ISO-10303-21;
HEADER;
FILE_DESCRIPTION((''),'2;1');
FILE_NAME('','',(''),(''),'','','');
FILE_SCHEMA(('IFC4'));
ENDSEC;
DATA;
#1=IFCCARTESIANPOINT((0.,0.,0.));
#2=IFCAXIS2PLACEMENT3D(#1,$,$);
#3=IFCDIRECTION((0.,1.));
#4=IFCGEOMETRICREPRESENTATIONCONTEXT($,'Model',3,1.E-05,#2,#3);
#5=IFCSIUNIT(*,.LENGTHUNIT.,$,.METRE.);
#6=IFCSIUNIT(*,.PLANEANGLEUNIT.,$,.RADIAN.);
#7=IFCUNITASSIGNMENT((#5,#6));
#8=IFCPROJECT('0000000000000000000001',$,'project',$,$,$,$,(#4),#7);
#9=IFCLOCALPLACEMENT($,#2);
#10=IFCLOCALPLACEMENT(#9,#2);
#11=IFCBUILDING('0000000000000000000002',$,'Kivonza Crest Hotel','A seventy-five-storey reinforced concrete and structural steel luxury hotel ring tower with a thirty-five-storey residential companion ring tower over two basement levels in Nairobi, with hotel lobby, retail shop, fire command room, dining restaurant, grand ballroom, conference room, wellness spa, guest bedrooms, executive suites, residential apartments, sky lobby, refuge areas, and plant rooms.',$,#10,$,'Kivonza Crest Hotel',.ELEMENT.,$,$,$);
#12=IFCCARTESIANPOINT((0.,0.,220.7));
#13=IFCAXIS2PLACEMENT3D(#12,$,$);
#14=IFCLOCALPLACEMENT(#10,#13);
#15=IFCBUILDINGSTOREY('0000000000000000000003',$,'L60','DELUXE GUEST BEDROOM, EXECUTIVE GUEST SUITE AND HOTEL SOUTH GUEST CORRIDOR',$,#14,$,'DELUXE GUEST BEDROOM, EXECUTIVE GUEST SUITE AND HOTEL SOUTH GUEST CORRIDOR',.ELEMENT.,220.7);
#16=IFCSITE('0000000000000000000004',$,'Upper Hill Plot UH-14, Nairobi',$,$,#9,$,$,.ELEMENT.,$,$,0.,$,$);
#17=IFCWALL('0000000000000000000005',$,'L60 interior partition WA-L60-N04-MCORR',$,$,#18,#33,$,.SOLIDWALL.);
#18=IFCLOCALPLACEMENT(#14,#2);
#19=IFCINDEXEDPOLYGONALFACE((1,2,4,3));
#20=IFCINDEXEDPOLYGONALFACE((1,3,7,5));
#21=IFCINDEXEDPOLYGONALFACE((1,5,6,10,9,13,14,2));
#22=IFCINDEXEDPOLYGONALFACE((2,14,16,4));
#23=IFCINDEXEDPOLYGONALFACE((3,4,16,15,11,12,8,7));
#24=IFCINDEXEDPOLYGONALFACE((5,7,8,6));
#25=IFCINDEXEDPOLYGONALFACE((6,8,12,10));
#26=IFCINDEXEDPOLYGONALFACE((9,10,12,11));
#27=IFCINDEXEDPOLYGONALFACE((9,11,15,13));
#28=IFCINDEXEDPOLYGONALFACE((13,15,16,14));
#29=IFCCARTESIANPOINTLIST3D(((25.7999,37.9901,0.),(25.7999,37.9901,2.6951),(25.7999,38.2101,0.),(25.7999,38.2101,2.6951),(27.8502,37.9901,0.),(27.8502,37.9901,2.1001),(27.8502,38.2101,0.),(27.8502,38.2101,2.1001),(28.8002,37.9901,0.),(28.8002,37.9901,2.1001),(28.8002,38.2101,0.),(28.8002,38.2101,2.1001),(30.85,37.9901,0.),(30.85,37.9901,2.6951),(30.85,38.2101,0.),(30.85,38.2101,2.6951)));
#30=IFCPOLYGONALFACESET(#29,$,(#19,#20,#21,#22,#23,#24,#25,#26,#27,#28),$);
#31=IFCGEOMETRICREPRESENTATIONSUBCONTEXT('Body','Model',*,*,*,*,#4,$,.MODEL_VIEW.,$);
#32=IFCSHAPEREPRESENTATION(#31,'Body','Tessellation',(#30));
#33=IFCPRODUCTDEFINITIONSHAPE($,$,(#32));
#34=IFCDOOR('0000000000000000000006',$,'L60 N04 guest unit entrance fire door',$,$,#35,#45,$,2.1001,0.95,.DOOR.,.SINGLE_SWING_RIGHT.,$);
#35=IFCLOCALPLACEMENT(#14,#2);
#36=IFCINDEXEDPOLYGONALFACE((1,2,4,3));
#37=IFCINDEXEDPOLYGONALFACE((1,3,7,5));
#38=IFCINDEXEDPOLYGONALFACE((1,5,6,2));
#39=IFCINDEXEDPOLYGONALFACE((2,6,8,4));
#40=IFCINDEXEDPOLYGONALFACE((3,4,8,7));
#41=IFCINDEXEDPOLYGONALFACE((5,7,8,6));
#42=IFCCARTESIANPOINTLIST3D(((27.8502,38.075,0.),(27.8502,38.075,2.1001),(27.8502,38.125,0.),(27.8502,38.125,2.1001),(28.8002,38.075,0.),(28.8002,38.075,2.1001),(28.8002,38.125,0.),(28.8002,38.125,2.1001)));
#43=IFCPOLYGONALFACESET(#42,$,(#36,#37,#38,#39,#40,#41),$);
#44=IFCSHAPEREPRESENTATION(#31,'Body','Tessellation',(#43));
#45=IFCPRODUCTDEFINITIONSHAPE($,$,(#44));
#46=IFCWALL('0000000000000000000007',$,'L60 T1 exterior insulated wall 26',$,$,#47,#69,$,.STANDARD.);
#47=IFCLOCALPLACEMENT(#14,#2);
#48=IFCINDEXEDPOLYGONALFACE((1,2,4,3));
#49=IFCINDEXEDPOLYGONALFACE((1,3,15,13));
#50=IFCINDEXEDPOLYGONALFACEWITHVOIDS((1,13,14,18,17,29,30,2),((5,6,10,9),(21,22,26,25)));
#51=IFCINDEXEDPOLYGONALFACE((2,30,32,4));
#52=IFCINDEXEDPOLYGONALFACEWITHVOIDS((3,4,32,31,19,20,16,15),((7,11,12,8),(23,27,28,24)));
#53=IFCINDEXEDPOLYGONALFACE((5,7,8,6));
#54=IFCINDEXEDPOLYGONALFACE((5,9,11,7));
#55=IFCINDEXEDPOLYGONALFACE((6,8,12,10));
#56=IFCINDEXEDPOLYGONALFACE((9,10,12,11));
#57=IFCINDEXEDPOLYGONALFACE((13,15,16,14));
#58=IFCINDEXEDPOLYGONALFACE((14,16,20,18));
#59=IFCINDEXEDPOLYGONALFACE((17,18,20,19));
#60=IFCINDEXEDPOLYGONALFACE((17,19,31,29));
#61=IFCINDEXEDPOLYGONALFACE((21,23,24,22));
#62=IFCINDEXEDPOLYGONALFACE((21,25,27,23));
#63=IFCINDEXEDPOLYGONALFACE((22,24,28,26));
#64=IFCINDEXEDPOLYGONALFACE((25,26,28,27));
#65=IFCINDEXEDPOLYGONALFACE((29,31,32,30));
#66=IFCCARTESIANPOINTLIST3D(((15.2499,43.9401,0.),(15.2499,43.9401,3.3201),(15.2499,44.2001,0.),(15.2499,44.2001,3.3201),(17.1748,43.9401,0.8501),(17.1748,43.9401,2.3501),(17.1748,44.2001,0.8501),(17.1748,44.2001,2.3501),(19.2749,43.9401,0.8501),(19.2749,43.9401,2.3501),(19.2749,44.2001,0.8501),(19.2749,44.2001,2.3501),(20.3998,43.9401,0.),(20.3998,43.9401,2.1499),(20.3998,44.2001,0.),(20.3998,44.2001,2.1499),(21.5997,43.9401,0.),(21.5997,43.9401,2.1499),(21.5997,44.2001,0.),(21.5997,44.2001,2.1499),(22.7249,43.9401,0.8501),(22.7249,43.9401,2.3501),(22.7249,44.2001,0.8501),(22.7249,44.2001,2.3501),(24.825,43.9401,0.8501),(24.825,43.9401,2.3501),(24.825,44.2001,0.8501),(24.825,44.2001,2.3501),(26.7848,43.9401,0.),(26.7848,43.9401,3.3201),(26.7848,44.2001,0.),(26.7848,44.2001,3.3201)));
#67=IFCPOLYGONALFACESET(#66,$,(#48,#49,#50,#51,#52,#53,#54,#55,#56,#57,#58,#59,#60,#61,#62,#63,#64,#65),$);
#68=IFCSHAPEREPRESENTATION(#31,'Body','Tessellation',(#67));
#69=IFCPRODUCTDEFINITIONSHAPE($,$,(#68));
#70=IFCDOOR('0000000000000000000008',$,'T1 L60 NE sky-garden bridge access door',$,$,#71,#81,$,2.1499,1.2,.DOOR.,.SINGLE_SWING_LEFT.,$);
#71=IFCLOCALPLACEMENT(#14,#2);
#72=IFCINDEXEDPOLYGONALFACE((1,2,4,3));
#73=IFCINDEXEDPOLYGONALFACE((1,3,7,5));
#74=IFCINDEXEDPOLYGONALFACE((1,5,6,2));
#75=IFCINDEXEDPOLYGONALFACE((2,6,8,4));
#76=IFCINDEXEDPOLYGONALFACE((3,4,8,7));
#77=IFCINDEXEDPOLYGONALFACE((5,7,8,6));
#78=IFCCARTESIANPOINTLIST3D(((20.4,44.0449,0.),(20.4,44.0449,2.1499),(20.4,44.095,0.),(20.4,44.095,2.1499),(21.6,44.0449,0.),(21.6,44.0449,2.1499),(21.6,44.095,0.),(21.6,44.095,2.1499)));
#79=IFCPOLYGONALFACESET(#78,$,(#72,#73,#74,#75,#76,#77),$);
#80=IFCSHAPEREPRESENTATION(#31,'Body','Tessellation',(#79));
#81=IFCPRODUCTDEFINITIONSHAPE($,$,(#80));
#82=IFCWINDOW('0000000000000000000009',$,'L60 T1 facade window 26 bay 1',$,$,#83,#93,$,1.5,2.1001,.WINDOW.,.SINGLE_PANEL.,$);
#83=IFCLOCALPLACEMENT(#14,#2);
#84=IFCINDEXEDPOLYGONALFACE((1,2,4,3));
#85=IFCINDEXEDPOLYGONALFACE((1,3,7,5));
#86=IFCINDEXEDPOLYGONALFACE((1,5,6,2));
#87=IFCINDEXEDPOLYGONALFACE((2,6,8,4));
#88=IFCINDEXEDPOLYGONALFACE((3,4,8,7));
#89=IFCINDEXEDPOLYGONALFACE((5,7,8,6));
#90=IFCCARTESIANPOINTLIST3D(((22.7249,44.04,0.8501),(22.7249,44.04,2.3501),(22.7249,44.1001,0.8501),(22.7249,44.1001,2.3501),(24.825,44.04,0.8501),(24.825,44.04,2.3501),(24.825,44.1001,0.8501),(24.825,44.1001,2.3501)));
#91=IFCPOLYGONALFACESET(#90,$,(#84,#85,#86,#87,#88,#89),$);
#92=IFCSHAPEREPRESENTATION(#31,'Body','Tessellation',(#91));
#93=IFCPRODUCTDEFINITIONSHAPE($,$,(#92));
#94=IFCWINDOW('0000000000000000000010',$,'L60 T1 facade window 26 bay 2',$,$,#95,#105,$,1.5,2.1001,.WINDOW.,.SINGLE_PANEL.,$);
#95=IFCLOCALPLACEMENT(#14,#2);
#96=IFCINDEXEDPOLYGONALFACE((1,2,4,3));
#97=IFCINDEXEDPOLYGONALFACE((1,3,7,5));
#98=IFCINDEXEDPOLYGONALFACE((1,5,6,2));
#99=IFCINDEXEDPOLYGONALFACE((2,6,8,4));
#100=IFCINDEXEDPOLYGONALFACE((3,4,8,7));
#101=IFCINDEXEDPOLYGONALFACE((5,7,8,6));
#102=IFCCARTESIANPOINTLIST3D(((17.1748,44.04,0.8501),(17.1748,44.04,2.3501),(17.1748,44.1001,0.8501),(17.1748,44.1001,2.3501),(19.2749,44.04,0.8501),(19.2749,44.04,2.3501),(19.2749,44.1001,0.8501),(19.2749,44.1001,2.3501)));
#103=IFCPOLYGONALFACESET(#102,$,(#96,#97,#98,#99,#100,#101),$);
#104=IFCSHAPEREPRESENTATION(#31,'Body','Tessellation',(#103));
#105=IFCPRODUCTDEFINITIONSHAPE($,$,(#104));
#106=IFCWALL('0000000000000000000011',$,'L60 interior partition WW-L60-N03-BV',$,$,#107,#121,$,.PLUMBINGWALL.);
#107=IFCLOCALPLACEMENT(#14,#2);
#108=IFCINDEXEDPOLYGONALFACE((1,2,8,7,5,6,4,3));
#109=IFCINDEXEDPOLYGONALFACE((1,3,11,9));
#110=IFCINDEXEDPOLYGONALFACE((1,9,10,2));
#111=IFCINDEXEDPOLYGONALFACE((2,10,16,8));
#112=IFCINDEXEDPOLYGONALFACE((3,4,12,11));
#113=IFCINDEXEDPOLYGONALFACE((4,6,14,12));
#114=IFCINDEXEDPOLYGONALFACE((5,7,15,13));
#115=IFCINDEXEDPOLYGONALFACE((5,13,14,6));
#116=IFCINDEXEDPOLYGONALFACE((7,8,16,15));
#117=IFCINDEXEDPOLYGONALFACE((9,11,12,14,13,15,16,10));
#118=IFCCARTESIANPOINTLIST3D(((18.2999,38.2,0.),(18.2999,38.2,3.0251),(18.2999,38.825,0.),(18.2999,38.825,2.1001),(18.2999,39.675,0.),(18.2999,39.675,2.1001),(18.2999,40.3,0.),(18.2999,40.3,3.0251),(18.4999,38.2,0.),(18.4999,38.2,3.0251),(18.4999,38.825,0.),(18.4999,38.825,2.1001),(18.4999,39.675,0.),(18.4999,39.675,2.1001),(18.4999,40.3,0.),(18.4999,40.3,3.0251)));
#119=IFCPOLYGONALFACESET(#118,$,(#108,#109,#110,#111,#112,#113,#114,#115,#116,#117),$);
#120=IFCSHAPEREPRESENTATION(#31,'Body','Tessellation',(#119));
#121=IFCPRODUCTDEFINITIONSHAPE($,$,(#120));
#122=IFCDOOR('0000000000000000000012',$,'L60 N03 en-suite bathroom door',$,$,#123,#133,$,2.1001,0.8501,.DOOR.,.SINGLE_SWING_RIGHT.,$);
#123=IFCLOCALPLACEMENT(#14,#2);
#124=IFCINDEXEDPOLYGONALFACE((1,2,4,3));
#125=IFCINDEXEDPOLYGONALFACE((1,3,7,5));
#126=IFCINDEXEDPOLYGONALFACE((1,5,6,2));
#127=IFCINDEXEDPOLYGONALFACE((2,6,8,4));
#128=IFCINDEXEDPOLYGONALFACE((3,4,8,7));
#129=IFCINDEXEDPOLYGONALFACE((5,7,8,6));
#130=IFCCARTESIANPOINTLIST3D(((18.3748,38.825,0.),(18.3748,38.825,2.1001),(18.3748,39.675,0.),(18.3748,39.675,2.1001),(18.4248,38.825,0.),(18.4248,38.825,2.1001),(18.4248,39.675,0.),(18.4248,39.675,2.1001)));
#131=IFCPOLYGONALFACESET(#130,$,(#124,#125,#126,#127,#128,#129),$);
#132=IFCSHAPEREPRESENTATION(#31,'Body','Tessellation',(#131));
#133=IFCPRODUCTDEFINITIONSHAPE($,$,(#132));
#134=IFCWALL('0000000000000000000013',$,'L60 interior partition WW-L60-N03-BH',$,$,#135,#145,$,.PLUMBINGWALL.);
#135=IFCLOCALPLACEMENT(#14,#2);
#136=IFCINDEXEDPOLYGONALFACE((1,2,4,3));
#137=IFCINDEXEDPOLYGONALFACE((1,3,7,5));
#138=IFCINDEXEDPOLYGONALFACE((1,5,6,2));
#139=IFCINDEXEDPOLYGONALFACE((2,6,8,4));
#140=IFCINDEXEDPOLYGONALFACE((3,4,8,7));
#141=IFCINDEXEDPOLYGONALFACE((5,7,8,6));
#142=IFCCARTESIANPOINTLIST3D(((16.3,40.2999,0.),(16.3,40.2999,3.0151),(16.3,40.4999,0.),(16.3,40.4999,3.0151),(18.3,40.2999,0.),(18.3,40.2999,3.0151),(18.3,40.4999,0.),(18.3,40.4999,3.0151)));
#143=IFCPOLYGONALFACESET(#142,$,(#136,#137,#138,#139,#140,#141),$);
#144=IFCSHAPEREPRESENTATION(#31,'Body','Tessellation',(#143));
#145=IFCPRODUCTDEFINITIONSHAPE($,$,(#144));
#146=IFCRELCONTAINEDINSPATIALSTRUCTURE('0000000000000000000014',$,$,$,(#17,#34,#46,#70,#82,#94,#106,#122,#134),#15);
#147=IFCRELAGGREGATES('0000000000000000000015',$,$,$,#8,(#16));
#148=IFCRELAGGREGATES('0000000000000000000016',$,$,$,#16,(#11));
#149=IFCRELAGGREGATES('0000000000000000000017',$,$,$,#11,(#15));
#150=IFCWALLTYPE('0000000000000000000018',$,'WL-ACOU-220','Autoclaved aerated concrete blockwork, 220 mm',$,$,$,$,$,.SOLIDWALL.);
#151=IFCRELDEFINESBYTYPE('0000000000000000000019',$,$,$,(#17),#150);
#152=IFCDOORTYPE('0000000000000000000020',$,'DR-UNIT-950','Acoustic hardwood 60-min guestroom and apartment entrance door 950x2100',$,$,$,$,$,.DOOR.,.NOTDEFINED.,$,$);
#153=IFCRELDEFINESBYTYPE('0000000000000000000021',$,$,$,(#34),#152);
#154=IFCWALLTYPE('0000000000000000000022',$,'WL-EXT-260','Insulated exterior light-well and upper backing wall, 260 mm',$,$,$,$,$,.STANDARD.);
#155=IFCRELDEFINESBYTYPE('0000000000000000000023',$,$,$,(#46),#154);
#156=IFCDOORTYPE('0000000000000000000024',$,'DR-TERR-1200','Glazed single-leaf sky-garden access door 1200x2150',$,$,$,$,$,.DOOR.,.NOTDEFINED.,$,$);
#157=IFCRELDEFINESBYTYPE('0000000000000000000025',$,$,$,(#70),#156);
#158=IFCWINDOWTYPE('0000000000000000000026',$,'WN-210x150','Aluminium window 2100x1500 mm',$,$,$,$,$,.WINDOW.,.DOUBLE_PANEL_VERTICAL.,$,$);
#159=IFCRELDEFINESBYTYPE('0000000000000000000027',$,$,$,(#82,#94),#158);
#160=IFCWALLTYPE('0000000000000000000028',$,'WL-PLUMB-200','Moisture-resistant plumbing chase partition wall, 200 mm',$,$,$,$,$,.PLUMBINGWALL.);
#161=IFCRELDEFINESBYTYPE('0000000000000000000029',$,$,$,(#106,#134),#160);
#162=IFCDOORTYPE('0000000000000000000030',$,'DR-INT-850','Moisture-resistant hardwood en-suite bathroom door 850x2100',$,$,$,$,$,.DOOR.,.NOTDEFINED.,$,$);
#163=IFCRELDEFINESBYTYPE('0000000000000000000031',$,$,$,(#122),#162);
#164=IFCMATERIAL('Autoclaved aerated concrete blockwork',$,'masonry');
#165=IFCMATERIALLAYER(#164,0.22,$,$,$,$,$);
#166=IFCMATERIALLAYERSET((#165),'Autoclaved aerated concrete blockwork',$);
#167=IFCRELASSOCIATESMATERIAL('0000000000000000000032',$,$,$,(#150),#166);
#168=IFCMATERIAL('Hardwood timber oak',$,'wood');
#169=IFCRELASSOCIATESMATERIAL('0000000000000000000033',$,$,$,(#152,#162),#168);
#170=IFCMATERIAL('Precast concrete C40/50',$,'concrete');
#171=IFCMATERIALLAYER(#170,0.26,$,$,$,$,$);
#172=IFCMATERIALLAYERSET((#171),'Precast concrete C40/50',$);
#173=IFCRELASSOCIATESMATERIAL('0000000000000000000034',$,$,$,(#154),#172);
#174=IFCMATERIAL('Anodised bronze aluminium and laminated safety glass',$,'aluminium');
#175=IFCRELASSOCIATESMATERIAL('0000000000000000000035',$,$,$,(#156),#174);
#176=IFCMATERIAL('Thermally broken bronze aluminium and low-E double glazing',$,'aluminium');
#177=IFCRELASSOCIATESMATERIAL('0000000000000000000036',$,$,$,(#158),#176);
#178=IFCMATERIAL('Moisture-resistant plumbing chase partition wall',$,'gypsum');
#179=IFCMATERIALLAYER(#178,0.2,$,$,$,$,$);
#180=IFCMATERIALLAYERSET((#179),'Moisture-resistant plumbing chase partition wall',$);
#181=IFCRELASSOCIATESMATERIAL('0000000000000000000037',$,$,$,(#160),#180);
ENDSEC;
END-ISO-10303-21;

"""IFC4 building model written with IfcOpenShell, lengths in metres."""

from ifc_helpers import new_model, si_unit, direction, frame, frame_2d, origin, place, context, subcontext, project, spatial, rectangle, extrude, material, layer, layer_set, type_object, element, fill, save


model = new_model("IFC4")

# Units and contexts
model_context = context("Model", 3, precision=1e-05, world=origin(), true_north=direction((0.0, 1.0)))
body_context = subcontext(model_context, "Body", "Model", "MODEL_VIEW")
ifc_project = project(units=[si_unit("LENGTHUNIT", "METRE"), si_unit("PLANEANGLEUNIT", "RADIAN")], contexts=[model_context])

# Site, building, storey
site_placement = place(None, origin())
site = spatial("IfcSite", under=ifc_project, at=site_placement, Name="Upper Hill Plot UH-14, Nairobi", CompositionType="ELEMENT", RefElevation=0.0)
building_placement = place(site_placement, origin())
building = spatial("IfcBuilding", under=site, at=building_placement, Name="Kivonza Crest Hotel", Description="A seventy-five-storey reinforced concrete and structural steel luxury hotel ring tower with a thirty-five-storey residential companion ring tower over two basement levels in Nairobi, with hotel lobby, retail shop, fire command room, dining restaurant, grand ballroom, conference room, wellness spa, guest bedrooms, executive suites, residential apartments, sky lobby, refuge areas, and plant rooms.", LongName="Kivonza Crest Hotel", CompositionType="ELEMENT")
storey_placement = place(building_placement, frame((0.0, 0.0, 220.7)))
storey = spatial("IfcBuildingStorey", under=building, at=storey_placement, Name="L60", Description="DELUXE GUEST BEDROOM, EXECUTIVE GUEST SUITE AND HOTEL SOUTH GUEST CORRIDOR", LongName="DELUXE GUEST BEDROOM, EXECUTIVE GUEST SUITE AND HOTEL SOUTH GUEST CORRIDOR", CompositionType="ELEMENT", Elevation=220.7)

# Wall, opening, door
ifc_material_1 = material(Name="Autoclaved aerated concrete blockwork", Category="masonry")
ifc_layer_1 = layer(ifc_material_1, 0.22)
ifc_layer_set_1 = layer_set([ifc_layer_1], Name="Autoclaved aerated concrete blockwork")
wall_type_1 = type_object("IfcWallType", Name="WL-ACOU-220", Description="Autoclaved aerated concrete blockwork, 220 mm", PredefinedType="SOLIDWALL", material=ifc_layer_set_1)
ifc_material_2 = material(Name="Hardwood timber oak", Category="wood")
door_type_1 = type_object("IfcDoorType", Name="DR-UNIT-950", Description="Acoustic hardwood 60-min guestroom and apartment entrance door 950x2100", OperationType="NOTDEFINED", PredefinedType="DOOR", material=ifc_material_2)
wall_1_placement = place(storey_placement, frame((25.8, 38.1001, 0.0), z_axis=(0.0, 0.0, 1.0), x_axis=(1.0, 0.0, 0.0)))
wall_1 = element("IfcWall", 1, at=wall_1_placement, inside=storey, type_object=wall_type_1, Name="L60 interior partition WA-L60-N04-MCORR", PredefinedType="SOLIDWALL", context=body_context, shape_type="SweptSolid", body=[
    extrude(rectangle(XDim=5.05, YDim=0.22, at=frame_2d((2.5249, 0.0))), origin(), (0.0, 0.0, 1.0), 2.6951),
])
opening_1_placement = place(wall_1_placement, frame((2.05, 0.0, 0.0)))
opening_1 = element("IfcOpeningElement", 2, at=opening_1_placement, cuts=wall_1, PredefinedType="OPENING", context=body_context, shape_type="SweptSolid", body=[
    extrude(rectangle(XDim=0.95, YDim=2.1001, at=frame_2d((0.4751, 1.05))), frame((0.0, 0.1201, 0.0), z_axis=(0.0, -1.0, 0.0), x_axis=(1.0, 0.0, 0.0)), (0.0, 0.0, 1.0), 0.24),
])
door_1_placement = place(opening_1_placement, origin())
door_1 = element("IfcDoor", 3, at=door_1_placement, inside=storey, type_object=door_type_1, Name="L60 N04 guest unit entrance fire door", OperationType="SINGLE_SWING_RIGHT", OverallHeight=2.1001, OverallWidth=0.95, PredefinedType="DOOR", context=body_context, shape_type="SweptSolid", body=[
    extrude(rectangle(XDim=0.95, YDim=2.1001, at=frame_2d((0.4751, 1.05))), frame((0.0, 0.0249, 0.0), z_axis=(0.0, -1.0, 0.0), x_axis=(1.0, 0.0, 0.0)), (0.0, 0.0, 1.0), 0.05),
])
fill(opening_1, door_1)

# Wall, openings, door, windows
ifc_material_3 = material(Name="Precast concrete C40/50", Category="concrete")
ifc_layer_2 = layer(ifc_material_3, 0.26)
ifc_layer_set_2 = layer_set([ifc_layer_2], Name="Precast concrete C40/50")
wall_type_2 = type_object("IfcWallType", Name="WL-EXT-260", Description="Insulated exterior light-well and upper backing wall, 260 mm", PredefinedType="STANDARD", material=ifc_layer_set_2)
wall_2_placement = place(storey_placement, frame((26.7849, 44.0701, 0.0), z_axis=(0.0, 0.0, 1.0), x_axis=(-1.0, 0.0, 0.0)))
wall_2 = element("IfcWall", 4, at=wall_2_placement, inside=storey, type_object=wall_type_2, Name="L60 T1 exterior insulated wall 26", PredefinedType="STANDARD", context=body_context, shape_type="SweptSolid", body=[
    extrude(rectangle(XDim=11.5349, YDim=0.26, at=frame_2d((5.7676, 0.0))), origin(), (0.0, 0.0, 1.0), 3.3201),
])
opening_2_placement = place(wall_2_placement, frame((5.1851, 0.0, 0.0)))
opening_2 = element("IfcOpeningElement", 5, at=opening_2_placement, cuts=wall_2, PredefinedType="OPENING", context=body_context, shape_type="SweptSolid", body=[
    extrude(rectangle(XDim=1.2, YDim=2.1499, at=frame_2d((0.6001, 1.075))), frame((0.0, 0.1401, 0.0), z_axis=(0.0, -1.0, 0.0), x_axis=(1.0, 0.0, 0.0)), (0.0, 0.0, 1.0), 0.28),
])
opening_3_placement = place(wall_2_placement, frame((1.96, 0.0, 0.8501)))
opening_3 = element("IfcOpeningElement", 6, at=opening_3_placement, cuts=wall_2, PredefinedType="OPENING", context=body_context, shape_type="SweptSolid", body=[
    extrude(rectangle(XDim=2.1001, YDim=1.5, at=frame_2d((1.05, 0.75))), frame((0.0, 0.1401, 0.0), z_axis=(0.0, -1.0, 0.0), x_axis=(1.0, 0.0, 0.0)), (0.0, 0.0, 1.0), 0.28),
])
opening_4_placement = place(wall_2_placement, frame((7.51, 0.0, 0.8501)))
opening_4 = element("IfcOpeningElement", 7, at=opening_4_placement, cuts=wall_2, PredefinedType="OPENING", context=body_context, shape_type="SweptSolid", body=[
    extrude(rectangle(XDim=2.1001, YDim=1.5, at=frame_2d((1.05, 0.75))), frame((0.0, 0.1401, 0.0), z_axis=(0.0, -1.0, 0.0), x_axis=(1.0, 0.0, 0.0)), (0.0, 0.0, 1.0), 0.28),
])
ifc_material_4 = material(Name="Anodised bronze aluminium and laminated safety glass", Category="aluminium")
door_type_2 = type_object("IfcDoorType", Name="DR-TERR-1200", Description="Glazed single-leaf sky-garden access door 1200x2150", OperationType="NOTDEFINED", PredefinedType="DOOR", material=ifc_material_4)
door_2_placement = place(opening_2_placement, frame((1.2, 0.0, 0.0), z_axis=(0.0, 0.0, 1.0), x_axis=(-1.0, 0.0, 0.0)))
door_2 = element("IfcDoor", 8, at=door_2_placement, inside=storey, type_object=door_type_2, Name="T1 L60 NE sky-garden bridge access door", OperationType="SINGLE_SWING_LEFT", OverallHeight=2.1499, OverallWidth=1.2, PredefinedType="DOOR", context=body_context, shape_type="SweptSolid", body=[
    extrude(rectangle(XDim=1.2, YDim=2.1499, at=frame_2d((0.6001, 1.075))), frame((0.0, 0.0249, 0.0), z_axis=(0.0, -1.0, 0.0), x_axis=(1.0, 0.0, 0.0)), (0.0, 0.0, 1.0), 0.05),
])
fill(opening_2, door_2)
ifc_material_5 = material(Name="Thermally broken bronze aluminium and low-E double glazing", Category="aluminium")
window_type = type_object("IfcWindowType", Name="WN-210x150", Description="Aluminium window 2100x1500 mm", PartitioningType="DOUBLE_PANEL_VERTICAL", PredefinedType="WINDOW", material=ifc_material_5)
window_1_placement = place(opening_3_placement, origin())
window_1 = element("IfcWindow", 9, at=window_1_placement, inside=storey, type_object=window_type, Name="L60 T1 facade window 26 bay 1", OverallHeight=1.5, OverallWidth=2.1001, PartitioningType="SINGLE_PANEL", PredefinedType="WINDOW", context=body_context, shape_type="SweptSolid", body=[
    extrude(rectangle(XDim=2.1001, YDim=1.5, at=frame_2d((1.05, 0.75))), frame((0.0, 0.03, 0.0), z_axis=(0.0, -1.0, 0.0), x_axis=(1.0, 0.0, 0.0)), (0.0, 0.0, 1.0), 0.0601),
])
fill(opening_3, window_1)
window_2_placement = place(opening_4_placement, origin())
window_2 = element("IfcWindow", 10, at=window_2_placement, inside=storey, type_object=window_type, Name="L60 T1 facade window 26 bay 2", OverallHeight=1.5, OverallWidth=2.1001, PartitioningType="SINGLE_PANEL", PredefinedType="WINDOW", context=body_context, shape_type="SweptSolid", body=[
    extrude(rectangle(XDim=2.1001, YDim=1.5, at=frame_2d((1.05, 0.75))), frame((0.0, 0.03, 0.0), z_axis=(0.0, -1.0, 0.0), x_axis=(1.0, 0.0, 0.0)), (0.0, 0.0, 1.0), 0.0601),
])
fill(opening_4, window_2)

# Wall, opening, door
ifc_material_6 = material(Name="Moisture-resistant plumbing chase partition wall", Category="gypsum")
ifc_layer_3 = layer(ifc_material_6, 0.2)
ifc_layer_set_3 = layer_set([ifc_layer_3], Name="Moisture-resistant plumbing chase partition wall")
wall_type_3 = type_object("IfcWallType", Name="WL-PLUMB-200", Description="Moisture-resistant plumbing chase partition wall, 200 mm", PredefinedType="PLUMBINGWALL", material=ifc_layer_set_3)
wall_3_placement = place(storey_placement, frame((18.3999, 38.2, 0.0), z_axis=(0.0, 0.0, 1.0), x_axis=(0.0, 1.0, 0.0)))
wall_3 = element("IfcWall", 11, at=wall_3_placement, inside=storey, type_object=wall_type_3, Name="L60 interior partition WW-L60-N03-BV", PredefinedType="PLUMBINGWALL", context=body_context, shape_type="SweptSolid", body=[
    extrude(rectangle(XDim=2.1001, YDim=0.2, at=frame_2d((1.05, 0.0))), origin(), (0.0, 0.0, 1.0), 3.0251),
])
opening_5_placement = place(wall_3_placement, frame((0.625, 0.0, 0.0)))
opening_5 = element("IfcOpeningElement", 12, at=opening_5_placement, cuts=wall_3, PredefinedType="OPENING", context=body_context, shape_type="SweptSolid", body=[
    extrude(rectangle(XDim=0.8501, YDim=2.1001, at=frame_2d((0.425, 1.05))), frame((0.0, 0.1099, 0.0), z_axis=(0.0, -1.0, 0.0), x_axis=(1.0, 0.0, 0.0)), (0.0, 0.0, 1.0), 0.22),
])
door_type_3 = type_object("IfcDoorType", Name="DR-INT-850", Description="Moisture-resistant hardwood en-suite bathroom door 850x2100", OperationType="NOTDEFINED", PredefinedType="DOOR", material=ifc_material_2)
door_3_placement = place(opening_5_placement, frame((0.8501, 0.0, 0.0), z_axis=(0.0, 0.0, 1.0), x_axis=(-1.0, 0.0, 0.0)))
door_3 = element("IfcDoor", 13, at=door_3_placement, inside=storey, type_object=door_type_3, Name="L60 N03 en-suite bathroom door", OperationType="SINGLE_SWING_RIGHT", OverallHeight=2.1001, OverallWidth=0.8501, PredefinedType="DOOR", context=body_context, shape_type="SweptSolid", body=[
    extrude(rectangle(XDim=0.8501, YDim=2.1001, at=frame_2d((0.425, 1.05))), frame((0.0, 0.0249, 0.0), z_axis=(0.0, -1.0, 0.0), x_axis=(1.0, 0.0, 0.0)), (0.0, 0.0, 1.0), 0.05),
])
fill(opening_5, door_3)

# Wall
wall_4_placement = place(storey_placement, frame((16.3, 40.3999, 0.0), z_axis=(0.0, 0.0, 1.0), x_axis=(1.0, 0.0, 0.0)))
element("IfcWall", 14, at=wall_4_placement, inside=storey, type_object=wall_type_3, Name="L60 interior partition WW-L60-N03-BH", PredefinedType="PLUMBINGWALL", context=body_context, shape_type="SweptSolid", body=[
    extrude(rectangle(XDim=2.0, YDim=0.2, at=frame_2d((1.0, 0.0))), origin(), (0.0, 0.0, 1.0), 3.0151),
])

save(model, "model.ifc")
